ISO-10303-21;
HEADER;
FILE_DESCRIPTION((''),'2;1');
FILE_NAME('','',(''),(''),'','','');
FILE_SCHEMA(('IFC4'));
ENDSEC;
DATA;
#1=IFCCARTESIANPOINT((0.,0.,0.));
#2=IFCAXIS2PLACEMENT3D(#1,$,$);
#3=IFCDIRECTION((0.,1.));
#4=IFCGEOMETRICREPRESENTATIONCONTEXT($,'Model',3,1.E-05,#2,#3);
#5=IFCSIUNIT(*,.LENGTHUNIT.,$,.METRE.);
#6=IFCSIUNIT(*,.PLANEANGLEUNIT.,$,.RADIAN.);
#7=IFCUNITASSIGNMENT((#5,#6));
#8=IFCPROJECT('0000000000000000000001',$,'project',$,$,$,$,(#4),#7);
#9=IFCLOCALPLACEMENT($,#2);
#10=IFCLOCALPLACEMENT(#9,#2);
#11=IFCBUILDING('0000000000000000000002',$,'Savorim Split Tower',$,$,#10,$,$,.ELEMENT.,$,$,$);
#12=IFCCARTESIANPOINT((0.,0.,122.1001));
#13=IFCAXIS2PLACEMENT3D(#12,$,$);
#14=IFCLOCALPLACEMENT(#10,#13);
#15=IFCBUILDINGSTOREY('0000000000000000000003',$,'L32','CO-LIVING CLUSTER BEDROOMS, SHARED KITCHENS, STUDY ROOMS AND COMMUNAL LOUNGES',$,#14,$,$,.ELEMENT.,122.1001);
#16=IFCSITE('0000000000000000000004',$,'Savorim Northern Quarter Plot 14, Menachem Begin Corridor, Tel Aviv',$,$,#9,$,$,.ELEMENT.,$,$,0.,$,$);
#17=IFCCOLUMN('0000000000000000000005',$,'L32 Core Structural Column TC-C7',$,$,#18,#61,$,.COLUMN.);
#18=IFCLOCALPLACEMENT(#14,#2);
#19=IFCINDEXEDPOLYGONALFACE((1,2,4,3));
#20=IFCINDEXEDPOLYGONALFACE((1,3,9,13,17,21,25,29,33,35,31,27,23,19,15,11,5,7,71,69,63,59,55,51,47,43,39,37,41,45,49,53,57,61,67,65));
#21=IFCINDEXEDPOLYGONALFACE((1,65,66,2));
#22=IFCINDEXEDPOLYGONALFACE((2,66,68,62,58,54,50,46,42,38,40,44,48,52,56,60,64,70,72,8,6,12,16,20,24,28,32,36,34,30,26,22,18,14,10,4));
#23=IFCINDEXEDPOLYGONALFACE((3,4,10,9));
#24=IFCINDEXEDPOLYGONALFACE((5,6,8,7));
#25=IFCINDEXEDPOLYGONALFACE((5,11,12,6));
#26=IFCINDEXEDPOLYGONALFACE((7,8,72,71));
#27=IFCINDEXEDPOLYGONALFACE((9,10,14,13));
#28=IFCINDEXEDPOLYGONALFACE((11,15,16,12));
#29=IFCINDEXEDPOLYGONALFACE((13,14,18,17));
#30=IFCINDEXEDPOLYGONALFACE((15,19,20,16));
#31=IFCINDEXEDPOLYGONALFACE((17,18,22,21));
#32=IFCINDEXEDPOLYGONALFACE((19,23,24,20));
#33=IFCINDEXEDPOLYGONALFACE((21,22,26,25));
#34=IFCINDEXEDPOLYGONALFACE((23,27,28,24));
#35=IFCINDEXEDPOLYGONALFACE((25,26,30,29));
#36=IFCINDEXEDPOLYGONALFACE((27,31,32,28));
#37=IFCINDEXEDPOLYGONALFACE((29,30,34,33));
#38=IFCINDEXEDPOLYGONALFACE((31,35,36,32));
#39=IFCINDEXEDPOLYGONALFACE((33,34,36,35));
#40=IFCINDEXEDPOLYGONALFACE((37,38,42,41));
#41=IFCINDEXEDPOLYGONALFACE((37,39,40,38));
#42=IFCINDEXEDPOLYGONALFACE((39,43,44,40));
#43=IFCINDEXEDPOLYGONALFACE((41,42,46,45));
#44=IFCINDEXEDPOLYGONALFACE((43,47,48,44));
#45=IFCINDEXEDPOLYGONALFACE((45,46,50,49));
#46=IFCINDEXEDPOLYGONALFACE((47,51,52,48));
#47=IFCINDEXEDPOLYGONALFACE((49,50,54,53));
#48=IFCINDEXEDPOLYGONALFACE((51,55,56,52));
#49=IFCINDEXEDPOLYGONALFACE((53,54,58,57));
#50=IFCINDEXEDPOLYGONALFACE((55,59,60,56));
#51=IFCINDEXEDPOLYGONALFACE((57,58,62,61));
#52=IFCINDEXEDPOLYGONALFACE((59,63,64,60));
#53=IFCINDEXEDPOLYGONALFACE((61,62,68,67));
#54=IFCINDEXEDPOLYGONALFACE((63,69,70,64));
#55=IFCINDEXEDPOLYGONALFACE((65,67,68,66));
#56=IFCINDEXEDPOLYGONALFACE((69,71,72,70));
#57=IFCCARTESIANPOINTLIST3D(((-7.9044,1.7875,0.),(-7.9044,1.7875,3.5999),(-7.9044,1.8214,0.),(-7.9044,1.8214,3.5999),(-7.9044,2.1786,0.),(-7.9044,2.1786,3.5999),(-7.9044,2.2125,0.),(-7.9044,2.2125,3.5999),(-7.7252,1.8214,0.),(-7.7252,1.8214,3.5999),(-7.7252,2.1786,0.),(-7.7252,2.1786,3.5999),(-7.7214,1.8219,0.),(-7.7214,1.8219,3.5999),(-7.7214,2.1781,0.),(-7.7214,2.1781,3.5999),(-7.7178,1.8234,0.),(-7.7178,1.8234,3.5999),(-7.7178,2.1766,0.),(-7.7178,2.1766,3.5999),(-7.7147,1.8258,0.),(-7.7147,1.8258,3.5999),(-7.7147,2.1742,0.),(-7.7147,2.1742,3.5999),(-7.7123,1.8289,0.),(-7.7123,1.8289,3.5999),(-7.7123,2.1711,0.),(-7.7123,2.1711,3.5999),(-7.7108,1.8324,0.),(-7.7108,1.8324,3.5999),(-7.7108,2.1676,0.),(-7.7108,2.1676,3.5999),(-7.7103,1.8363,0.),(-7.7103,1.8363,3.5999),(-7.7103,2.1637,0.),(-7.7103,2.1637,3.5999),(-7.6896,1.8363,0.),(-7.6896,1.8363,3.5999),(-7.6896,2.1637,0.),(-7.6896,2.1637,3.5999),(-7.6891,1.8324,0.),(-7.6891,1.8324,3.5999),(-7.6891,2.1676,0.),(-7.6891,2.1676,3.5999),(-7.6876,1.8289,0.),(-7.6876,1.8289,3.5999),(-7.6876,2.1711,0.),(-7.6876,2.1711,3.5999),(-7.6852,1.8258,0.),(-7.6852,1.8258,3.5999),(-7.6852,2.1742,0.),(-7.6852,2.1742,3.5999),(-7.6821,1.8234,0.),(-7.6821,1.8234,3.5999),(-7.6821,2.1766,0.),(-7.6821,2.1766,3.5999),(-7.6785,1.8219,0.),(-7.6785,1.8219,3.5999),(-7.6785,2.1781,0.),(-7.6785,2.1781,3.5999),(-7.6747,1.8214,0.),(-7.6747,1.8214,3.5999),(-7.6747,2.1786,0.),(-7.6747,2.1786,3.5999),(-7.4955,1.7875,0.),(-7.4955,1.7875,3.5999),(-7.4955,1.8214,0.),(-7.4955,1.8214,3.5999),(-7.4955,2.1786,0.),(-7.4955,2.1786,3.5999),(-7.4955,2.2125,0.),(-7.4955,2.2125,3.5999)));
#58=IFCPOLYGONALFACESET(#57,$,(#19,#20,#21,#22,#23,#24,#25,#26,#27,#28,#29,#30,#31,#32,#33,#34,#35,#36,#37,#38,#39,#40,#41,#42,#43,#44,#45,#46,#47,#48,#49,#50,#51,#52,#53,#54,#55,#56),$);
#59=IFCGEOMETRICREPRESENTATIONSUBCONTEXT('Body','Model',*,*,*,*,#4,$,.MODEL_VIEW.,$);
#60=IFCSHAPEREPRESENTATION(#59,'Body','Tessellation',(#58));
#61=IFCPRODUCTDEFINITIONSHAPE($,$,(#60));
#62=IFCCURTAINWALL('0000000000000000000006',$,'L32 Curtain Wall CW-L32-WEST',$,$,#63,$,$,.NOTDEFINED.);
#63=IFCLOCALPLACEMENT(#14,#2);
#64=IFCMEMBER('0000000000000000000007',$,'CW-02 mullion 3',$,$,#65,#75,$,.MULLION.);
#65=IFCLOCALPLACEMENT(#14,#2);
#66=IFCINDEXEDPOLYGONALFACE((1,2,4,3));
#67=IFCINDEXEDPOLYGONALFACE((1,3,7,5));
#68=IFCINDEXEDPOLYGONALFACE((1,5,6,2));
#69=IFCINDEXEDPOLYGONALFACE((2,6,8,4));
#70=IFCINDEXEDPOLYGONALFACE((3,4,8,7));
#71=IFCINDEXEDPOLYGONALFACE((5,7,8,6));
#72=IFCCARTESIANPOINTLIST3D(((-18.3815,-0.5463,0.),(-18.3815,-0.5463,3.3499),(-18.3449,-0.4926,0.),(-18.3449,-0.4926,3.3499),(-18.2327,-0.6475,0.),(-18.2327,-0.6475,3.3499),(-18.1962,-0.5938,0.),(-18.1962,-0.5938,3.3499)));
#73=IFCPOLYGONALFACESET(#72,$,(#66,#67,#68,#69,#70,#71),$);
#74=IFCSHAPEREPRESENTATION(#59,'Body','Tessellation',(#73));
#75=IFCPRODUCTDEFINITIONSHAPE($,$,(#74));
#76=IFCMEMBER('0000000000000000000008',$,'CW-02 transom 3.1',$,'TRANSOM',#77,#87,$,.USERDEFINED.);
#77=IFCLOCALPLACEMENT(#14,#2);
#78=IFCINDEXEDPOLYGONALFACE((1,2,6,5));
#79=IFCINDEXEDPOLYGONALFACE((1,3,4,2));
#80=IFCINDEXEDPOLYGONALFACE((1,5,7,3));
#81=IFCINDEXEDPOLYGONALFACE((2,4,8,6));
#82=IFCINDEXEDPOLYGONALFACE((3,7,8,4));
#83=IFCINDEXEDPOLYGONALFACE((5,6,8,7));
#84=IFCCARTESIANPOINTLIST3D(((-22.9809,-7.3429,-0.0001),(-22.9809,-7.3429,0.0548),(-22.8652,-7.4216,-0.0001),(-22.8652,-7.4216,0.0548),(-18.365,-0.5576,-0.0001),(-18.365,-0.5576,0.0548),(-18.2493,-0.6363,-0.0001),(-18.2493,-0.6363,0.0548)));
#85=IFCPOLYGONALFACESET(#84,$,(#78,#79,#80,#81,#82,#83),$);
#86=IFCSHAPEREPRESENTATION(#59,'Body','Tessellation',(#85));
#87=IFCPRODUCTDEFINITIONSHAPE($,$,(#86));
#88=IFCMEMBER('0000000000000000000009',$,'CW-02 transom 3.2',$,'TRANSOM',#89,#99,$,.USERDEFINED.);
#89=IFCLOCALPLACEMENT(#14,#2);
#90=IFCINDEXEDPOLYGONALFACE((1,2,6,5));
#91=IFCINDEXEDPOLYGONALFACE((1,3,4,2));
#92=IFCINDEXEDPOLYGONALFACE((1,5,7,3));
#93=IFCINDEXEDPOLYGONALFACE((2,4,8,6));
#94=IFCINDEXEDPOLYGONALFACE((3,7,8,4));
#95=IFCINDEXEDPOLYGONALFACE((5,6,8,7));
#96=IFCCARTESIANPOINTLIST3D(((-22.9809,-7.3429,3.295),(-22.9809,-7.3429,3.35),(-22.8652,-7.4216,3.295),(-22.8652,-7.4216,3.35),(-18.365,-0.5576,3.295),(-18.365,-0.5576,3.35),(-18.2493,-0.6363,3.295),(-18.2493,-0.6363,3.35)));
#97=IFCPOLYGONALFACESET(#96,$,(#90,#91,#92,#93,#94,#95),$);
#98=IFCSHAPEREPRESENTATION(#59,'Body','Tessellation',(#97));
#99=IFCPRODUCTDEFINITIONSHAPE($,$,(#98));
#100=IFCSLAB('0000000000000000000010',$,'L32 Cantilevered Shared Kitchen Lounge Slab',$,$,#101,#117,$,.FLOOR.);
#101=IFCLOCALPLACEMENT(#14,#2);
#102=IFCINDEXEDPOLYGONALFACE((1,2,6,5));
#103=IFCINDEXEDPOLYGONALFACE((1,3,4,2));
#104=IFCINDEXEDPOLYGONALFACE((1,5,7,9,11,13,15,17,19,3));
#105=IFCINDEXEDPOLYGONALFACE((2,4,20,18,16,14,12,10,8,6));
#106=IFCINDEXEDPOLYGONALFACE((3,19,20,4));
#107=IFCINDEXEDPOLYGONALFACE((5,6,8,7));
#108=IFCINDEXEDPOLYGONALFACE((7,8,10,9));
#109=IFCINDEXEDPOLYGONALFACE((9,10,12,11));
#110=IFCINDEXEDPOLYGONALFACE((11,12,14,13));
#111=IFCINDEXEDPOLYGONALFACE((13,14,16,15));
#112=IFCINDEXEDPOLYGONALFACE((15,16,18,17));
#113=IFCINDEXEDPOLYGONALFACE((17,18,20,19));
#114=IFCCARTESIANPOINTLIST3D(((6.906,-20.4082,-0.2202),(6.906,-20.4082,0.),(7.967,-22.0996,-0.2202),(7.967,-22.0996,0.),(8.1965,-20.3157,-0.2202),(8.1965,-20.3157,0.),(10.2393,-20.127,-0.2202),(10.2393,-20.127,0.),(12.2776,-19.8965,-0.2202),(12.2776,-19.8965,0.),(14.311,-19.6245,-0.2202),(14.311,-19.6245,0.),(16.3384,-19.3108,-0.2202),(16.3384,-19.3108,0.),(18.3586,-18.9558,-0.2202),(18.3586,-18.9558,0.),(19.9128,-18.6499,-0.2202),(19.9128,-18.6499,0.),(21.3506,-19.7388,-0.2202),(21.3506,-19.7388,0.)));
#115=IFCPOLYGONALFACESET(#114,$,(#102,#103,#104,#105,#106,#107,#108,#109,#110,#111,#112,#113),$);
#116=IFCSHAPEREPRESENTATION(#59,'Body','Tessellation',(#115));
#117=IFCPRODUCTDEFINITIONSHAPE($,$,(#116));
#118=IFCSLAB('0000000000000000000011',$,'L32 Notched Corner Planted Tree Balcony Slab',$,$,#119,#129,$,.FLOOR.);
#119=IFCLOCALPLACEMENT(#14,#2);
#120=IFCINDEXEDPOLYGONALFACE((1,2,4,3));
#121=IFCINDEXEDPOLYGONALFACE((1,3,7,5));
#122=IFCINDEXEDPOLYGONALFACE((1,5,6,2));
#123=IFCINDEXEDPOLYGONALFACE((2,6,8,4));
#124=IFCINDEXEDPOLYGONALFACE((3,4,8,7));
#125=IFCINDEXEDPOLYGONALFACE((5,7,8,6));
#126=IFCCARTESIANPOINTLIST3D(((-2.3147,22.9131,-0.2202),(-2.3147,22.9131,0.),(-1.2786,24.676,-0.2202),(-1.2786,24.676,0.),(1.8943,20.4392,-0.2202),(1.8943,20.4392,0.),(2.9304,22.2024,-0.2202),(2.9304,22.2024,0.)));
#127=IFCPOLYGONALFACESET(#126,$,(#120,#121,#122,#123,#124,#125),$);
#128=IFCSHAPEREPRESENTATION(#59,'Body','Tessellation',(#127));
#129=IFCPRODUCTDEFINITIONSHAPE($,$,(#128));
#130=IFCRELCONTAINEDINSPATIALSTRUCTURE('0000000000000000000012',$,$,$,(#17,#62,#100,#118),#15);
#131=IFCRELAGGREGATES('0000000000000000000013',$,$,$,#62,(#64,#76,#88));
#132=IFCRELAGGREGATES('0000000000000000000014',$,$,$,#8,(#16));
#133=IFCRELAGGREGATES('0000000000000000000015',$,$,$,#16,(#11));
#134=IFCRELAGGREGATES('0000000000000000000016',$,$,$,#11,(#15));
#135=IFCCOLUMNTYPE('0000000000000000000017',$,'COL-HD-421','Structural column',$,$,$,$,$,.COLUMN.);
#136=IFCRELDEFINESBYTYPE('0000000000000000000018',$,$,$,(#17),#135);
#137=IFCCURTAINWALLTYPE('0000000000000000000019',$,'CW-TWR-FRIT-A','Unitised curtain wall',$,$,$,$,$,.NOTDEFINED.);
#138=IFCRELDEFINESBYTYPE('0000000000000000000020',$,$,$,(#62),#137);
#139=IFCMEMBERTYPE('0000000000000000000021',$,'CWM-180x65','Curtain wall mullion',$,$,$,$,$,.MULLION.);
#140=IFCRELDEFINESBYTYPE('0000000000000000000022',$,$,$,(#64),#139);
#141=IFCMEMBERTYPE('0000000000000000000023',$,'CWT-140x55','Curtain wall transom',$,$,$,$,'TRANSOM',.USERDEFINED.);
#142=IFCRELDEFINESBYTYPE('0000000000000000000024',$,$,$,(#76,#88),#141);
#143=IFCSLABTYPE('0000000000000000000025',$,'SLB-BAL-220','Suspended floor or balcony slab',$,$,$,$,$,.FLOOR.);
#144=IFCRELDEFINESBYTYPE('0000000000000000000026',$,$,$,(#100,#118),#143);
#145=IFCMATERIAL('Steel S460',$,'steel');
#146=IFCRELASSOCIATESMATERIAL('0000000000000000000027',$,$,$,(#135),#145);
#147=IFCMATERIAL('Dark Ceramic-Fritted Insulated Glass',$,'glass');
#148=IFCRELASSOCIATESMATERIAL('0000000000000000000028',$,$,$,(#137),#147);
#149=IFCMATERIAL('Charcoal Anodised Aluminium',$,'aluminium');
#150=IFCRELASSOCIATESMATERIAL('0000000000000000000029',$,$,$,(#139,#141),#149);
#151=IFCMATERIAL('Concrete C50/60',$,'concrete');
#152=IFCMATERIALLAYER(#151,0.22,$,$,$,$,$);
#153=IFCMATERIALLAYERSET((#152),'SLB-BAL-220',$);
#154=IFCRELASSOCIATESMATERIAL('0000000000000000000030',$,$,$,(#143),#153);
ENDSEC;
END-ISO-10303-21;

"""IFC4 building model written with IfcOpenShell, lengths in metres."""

from ifc_helpers import new_model, si_unit, direction, frame, origin, origin_2d, place, context, subcontext, project, spatial, polyline, rectangle, i_section, outline, extrude, material, layer, layer_set, material_profile, profile_set, type_object, element, aggregate, save


model = new_model("IFC4")

# Units and contexts
model_context = context("Model", 3, precision=1e-05, world=origin(), true_north=direction((0.0, 1.0)))
body_context = subcontext(model_context, "Body", "Model", "MODEL_VIEW")
ifc_project = project(units=[si_unit("LENGTHUNIT", "METRE"), si_unit("PLANEANGLEUNIT", "RADIAN")], contexts=[model_context])

# Site, building, storey
site_placement = place(None, origin())
site = spatial("IfcSite", under=ifc_project, at=site_placement, Name="Savorim Northern Quarter Plot 14, Menachem Begin Corridor, Tel Aviv", CompositionType="ELEMENT", RefElevation=0.0)
building_placement = place(site_placement, origin())
building = spatial("IfcBuilding", under=site, at=building_placement, Name="Savorim Split Tower", CompositionType="ELEMENT")
storey_placement = place(building_placement, frame((0.0, 0.0, 122.1001)))
storey = spatial("IfcBuildingStorey", under=building, at=storey_placement, Name="L32", Description="CO-LIVING CLUSTER BEDROOMS, SHARED KITCHENS, STUDY ROOMS AND COMMUNAL LOUNGES", CompositionType="ELEMENT", Elevation=122.1001)

# Column
ifc_material_1 = material(Name="Steel S460", Category="steel")
ifc_material_profile_1 = material_profile(ifc_material_1, i_section(OverallWidth=0.4089, OverallDepth=0.425, WebThickness=0.0208, FlangeThickness=0.0339, FilletRadius=0.0149, at=origin_2d()), Name="HD 400x421")
ifc_profile_set_1 = profile_set([ifc_material_profile_1], Name="Steel S460")
column_type = type_object("IfcColumnType", Name="COL-HD-421", Description="Structural column", PredefinedType="COLUMN", material=ifc_profile_set_1)
column_placement = place(storey_placement, frame((-7.7, 2.0, 0.0), z_axis=(0.0, 0.0, 1.0), x_axis=(1.0, 0.0, 0.0)))
element("IfcColumn", 1, at=column_placement, inside=storey, type_object=column_type, Name="L32 Core Structural Column TC-C7", PredefinedType="COLUMN", context=body_context, shape_type="SweptSolid", body=[
    extrude(i_section(OverallWidth=0.4089, OverallDepth=0.425, WebThickness=0.0208, FlangeThickness=0.0339, FilletRadius=0.0149, at=origin_2d()), origin(), (0.0, 0.0, 1.0), 3.5999),
])

# Curtain wall, members
ifc_material_2 = material(Name="Dark Ceramic-Fritted Insulated Glass", Category="glass")
curtain_wall_type = type_object("IfcCurtainWallType", Name="CW-TWR-FRIT-A", Description="Unitised curtain wall", PredefinedType="NOTDEFINED", material=ifc_material_2)
curtain_wall_placement = place(storey_placement, origin())
curtain_wall = element("IfcCurtainWall", 2, at=curtain_wall_placement, inside=storey, type_object=curtain_wall_type, Name="L32 Curtain Wall CW-L32-WEST", PredefinedType="NOTDEFINED")
ifc_material_3 = material(Name="Charcoal Anodised Aluminium", Category="aluminium")
ifc_material_profile_2 = material_profile(ifc_material_3, rectangle(XDim=0.1799, YDim=0.0649, at=origin_2d()), Name="ALU-M 180x65")
ifc_profile_set_2 = profile_set([ifc_material_profile_2], Name="Charcoal Anodised Aluminium")
member_type_1 = type_object("IfcMemberType", Name="CWM-180x65", Description="Curtain wall mullion", PredefinedType="MULLION", material=ifc_profile_set_2)
member_1_placement = place(storey_placement, frame((-18.2888, -0.5701, 0.0), z_axis=(0.0, 0.0, 1.0), x_axis=(0.82682, -0.562467, 0.0)))
member_1 = element("IfcMember", 3, at=member_1_placement, type_object=member_type_1, Name="CW-02 mullion 3", PredefinedType="MULLION", context=body_context, shape_type="SweptSolid", body=[
    extrude(rectangle(XDim=0.1799, YDim=0.0649, at=origin_2d()), origin(), (0.0, 0.0, 1.0), 3.3499),
])
ifc_material_profile_3 = material_profile(ifc_material_3, rectangle(XDim=0.1399, YDim=0.0549, at=origin_2d()), Name="ALU-T 140x55")
ifc_profile_set_3 = profile_set([ifc_material_profile_3], Name="Charcoal Anodised Aluminium")
member_type_2 = type_object("IfcMemberType", Name="CWT-140x55", Description="Curtain wall transom", ElementType="TRANSOM", PredefinedType="USERDEFINED", material=ifc_profile_set_3)
member_2_placement = place(storey_placement, frame((-18.3071, -0.5969, 0.0273), z_axis=(-0.562468, -0.826819, 0.0), x_axis=(0.826819, -0.562468, 0.0)))
member_2 = element("IfcMember", 4, at=member_2_placement, type_object=member_type_2, Name="CW-02 transom 3.1", ObjectType="TRANSOM", PredefinedType="USERDEFINED", context=body_context, shape_type="SweptSolid", body=[
    extrude(rectangle(XDim=0.1399, YDim=0.0549, at=origin_2d()), origin(), (0.0, 0.0, 1.0), 8.2065),
])
member_3_placement = place(storey_placement, frame((-18.3071, -0.5969, 3.3225), z_axis=(-0.562468, -0.826819, 0.0), x_axis=(0.826819, -0.562468, 0.0)))
member_3 = element("IfcMember", 5, at=member_3_placement, type_object=member_type_2, Name="CW-02 transom 3.2", ObjectType="TRANSOM", PredefinedType="USERDEFINED", context=body_context, shape_type="SweptSolid", body=[
    extrude(rectangle(XDim=0.1399, YDim=0.0549, at=origin_2d()), origin(), (0.0, 0.0, 1.0), 8.2065),
])
aggregate(curtain_wall, [member_1, member_2, member_3])

# Slabs
ifc_material_4 = material(Name="Concrete C50/60", Category="concrete")
ifc_layer_1 = layer(ifc_material_4, 0.22)
ifc_layer_set_1 = layer_set([ifc_layer_1], Name="SLB-BAL-220")
slab_type_1 = type_object("IfcSlabType", Name="SLB-BAL-220", Description="Suspended floor or balcony slab", PredefinedType="FLOOR", material=ifc_layer_set_1)
slab_1_placement = place(storey_placement, frame((0.0, 0.0, -0.2202)))
element("IfcSlab", 6, at=slab_1_placement, inside=storey, type_object=slab_type_1, Name="L32 Cantilevered Shared Kitchen Lounge Slab", PredefinedType="FLOOR", context=body_context, shape_type="SweptSolid", body=[
    extrude(outline(polyline([(19.9128, -18.6499), (18.3586, -18.9558), (16.3384, -19.3108), (14.311, -19.6245), (12.2776, -19.8965), (10.2393, -20.127), (8.1965, -20.3157), (6.906, -20.4082), (7.967, -22.0996), (21.3506, -19.7388), (19.9128, -18.6499)])), origin(), (0.0, 0.0, 1.0), 0.2202),
])
slab_2_placement = place(storey_placement, frame((0.0, 0.0, -0.2202)))
element("IfcSlab", 7, at=slab_2_placement, inside=storey, type_object=slab_type_1, Name="L32 Notched Corner Planted Tree Balcony Slab", PredefinedType="FLOOR", context=body_context, shape_type="SweptSolid", body=[
    extrude(outline(polyline([(-2.3147, 22.9131), (1.8943, 20.4392), (2.9304, 22.2024), (-1.2786, 24.676), (-2.3147, 22.9131)])), origin(), (0.0, 0.0, 1.0), 0.2202),
])

save(model, "model.ifc")
